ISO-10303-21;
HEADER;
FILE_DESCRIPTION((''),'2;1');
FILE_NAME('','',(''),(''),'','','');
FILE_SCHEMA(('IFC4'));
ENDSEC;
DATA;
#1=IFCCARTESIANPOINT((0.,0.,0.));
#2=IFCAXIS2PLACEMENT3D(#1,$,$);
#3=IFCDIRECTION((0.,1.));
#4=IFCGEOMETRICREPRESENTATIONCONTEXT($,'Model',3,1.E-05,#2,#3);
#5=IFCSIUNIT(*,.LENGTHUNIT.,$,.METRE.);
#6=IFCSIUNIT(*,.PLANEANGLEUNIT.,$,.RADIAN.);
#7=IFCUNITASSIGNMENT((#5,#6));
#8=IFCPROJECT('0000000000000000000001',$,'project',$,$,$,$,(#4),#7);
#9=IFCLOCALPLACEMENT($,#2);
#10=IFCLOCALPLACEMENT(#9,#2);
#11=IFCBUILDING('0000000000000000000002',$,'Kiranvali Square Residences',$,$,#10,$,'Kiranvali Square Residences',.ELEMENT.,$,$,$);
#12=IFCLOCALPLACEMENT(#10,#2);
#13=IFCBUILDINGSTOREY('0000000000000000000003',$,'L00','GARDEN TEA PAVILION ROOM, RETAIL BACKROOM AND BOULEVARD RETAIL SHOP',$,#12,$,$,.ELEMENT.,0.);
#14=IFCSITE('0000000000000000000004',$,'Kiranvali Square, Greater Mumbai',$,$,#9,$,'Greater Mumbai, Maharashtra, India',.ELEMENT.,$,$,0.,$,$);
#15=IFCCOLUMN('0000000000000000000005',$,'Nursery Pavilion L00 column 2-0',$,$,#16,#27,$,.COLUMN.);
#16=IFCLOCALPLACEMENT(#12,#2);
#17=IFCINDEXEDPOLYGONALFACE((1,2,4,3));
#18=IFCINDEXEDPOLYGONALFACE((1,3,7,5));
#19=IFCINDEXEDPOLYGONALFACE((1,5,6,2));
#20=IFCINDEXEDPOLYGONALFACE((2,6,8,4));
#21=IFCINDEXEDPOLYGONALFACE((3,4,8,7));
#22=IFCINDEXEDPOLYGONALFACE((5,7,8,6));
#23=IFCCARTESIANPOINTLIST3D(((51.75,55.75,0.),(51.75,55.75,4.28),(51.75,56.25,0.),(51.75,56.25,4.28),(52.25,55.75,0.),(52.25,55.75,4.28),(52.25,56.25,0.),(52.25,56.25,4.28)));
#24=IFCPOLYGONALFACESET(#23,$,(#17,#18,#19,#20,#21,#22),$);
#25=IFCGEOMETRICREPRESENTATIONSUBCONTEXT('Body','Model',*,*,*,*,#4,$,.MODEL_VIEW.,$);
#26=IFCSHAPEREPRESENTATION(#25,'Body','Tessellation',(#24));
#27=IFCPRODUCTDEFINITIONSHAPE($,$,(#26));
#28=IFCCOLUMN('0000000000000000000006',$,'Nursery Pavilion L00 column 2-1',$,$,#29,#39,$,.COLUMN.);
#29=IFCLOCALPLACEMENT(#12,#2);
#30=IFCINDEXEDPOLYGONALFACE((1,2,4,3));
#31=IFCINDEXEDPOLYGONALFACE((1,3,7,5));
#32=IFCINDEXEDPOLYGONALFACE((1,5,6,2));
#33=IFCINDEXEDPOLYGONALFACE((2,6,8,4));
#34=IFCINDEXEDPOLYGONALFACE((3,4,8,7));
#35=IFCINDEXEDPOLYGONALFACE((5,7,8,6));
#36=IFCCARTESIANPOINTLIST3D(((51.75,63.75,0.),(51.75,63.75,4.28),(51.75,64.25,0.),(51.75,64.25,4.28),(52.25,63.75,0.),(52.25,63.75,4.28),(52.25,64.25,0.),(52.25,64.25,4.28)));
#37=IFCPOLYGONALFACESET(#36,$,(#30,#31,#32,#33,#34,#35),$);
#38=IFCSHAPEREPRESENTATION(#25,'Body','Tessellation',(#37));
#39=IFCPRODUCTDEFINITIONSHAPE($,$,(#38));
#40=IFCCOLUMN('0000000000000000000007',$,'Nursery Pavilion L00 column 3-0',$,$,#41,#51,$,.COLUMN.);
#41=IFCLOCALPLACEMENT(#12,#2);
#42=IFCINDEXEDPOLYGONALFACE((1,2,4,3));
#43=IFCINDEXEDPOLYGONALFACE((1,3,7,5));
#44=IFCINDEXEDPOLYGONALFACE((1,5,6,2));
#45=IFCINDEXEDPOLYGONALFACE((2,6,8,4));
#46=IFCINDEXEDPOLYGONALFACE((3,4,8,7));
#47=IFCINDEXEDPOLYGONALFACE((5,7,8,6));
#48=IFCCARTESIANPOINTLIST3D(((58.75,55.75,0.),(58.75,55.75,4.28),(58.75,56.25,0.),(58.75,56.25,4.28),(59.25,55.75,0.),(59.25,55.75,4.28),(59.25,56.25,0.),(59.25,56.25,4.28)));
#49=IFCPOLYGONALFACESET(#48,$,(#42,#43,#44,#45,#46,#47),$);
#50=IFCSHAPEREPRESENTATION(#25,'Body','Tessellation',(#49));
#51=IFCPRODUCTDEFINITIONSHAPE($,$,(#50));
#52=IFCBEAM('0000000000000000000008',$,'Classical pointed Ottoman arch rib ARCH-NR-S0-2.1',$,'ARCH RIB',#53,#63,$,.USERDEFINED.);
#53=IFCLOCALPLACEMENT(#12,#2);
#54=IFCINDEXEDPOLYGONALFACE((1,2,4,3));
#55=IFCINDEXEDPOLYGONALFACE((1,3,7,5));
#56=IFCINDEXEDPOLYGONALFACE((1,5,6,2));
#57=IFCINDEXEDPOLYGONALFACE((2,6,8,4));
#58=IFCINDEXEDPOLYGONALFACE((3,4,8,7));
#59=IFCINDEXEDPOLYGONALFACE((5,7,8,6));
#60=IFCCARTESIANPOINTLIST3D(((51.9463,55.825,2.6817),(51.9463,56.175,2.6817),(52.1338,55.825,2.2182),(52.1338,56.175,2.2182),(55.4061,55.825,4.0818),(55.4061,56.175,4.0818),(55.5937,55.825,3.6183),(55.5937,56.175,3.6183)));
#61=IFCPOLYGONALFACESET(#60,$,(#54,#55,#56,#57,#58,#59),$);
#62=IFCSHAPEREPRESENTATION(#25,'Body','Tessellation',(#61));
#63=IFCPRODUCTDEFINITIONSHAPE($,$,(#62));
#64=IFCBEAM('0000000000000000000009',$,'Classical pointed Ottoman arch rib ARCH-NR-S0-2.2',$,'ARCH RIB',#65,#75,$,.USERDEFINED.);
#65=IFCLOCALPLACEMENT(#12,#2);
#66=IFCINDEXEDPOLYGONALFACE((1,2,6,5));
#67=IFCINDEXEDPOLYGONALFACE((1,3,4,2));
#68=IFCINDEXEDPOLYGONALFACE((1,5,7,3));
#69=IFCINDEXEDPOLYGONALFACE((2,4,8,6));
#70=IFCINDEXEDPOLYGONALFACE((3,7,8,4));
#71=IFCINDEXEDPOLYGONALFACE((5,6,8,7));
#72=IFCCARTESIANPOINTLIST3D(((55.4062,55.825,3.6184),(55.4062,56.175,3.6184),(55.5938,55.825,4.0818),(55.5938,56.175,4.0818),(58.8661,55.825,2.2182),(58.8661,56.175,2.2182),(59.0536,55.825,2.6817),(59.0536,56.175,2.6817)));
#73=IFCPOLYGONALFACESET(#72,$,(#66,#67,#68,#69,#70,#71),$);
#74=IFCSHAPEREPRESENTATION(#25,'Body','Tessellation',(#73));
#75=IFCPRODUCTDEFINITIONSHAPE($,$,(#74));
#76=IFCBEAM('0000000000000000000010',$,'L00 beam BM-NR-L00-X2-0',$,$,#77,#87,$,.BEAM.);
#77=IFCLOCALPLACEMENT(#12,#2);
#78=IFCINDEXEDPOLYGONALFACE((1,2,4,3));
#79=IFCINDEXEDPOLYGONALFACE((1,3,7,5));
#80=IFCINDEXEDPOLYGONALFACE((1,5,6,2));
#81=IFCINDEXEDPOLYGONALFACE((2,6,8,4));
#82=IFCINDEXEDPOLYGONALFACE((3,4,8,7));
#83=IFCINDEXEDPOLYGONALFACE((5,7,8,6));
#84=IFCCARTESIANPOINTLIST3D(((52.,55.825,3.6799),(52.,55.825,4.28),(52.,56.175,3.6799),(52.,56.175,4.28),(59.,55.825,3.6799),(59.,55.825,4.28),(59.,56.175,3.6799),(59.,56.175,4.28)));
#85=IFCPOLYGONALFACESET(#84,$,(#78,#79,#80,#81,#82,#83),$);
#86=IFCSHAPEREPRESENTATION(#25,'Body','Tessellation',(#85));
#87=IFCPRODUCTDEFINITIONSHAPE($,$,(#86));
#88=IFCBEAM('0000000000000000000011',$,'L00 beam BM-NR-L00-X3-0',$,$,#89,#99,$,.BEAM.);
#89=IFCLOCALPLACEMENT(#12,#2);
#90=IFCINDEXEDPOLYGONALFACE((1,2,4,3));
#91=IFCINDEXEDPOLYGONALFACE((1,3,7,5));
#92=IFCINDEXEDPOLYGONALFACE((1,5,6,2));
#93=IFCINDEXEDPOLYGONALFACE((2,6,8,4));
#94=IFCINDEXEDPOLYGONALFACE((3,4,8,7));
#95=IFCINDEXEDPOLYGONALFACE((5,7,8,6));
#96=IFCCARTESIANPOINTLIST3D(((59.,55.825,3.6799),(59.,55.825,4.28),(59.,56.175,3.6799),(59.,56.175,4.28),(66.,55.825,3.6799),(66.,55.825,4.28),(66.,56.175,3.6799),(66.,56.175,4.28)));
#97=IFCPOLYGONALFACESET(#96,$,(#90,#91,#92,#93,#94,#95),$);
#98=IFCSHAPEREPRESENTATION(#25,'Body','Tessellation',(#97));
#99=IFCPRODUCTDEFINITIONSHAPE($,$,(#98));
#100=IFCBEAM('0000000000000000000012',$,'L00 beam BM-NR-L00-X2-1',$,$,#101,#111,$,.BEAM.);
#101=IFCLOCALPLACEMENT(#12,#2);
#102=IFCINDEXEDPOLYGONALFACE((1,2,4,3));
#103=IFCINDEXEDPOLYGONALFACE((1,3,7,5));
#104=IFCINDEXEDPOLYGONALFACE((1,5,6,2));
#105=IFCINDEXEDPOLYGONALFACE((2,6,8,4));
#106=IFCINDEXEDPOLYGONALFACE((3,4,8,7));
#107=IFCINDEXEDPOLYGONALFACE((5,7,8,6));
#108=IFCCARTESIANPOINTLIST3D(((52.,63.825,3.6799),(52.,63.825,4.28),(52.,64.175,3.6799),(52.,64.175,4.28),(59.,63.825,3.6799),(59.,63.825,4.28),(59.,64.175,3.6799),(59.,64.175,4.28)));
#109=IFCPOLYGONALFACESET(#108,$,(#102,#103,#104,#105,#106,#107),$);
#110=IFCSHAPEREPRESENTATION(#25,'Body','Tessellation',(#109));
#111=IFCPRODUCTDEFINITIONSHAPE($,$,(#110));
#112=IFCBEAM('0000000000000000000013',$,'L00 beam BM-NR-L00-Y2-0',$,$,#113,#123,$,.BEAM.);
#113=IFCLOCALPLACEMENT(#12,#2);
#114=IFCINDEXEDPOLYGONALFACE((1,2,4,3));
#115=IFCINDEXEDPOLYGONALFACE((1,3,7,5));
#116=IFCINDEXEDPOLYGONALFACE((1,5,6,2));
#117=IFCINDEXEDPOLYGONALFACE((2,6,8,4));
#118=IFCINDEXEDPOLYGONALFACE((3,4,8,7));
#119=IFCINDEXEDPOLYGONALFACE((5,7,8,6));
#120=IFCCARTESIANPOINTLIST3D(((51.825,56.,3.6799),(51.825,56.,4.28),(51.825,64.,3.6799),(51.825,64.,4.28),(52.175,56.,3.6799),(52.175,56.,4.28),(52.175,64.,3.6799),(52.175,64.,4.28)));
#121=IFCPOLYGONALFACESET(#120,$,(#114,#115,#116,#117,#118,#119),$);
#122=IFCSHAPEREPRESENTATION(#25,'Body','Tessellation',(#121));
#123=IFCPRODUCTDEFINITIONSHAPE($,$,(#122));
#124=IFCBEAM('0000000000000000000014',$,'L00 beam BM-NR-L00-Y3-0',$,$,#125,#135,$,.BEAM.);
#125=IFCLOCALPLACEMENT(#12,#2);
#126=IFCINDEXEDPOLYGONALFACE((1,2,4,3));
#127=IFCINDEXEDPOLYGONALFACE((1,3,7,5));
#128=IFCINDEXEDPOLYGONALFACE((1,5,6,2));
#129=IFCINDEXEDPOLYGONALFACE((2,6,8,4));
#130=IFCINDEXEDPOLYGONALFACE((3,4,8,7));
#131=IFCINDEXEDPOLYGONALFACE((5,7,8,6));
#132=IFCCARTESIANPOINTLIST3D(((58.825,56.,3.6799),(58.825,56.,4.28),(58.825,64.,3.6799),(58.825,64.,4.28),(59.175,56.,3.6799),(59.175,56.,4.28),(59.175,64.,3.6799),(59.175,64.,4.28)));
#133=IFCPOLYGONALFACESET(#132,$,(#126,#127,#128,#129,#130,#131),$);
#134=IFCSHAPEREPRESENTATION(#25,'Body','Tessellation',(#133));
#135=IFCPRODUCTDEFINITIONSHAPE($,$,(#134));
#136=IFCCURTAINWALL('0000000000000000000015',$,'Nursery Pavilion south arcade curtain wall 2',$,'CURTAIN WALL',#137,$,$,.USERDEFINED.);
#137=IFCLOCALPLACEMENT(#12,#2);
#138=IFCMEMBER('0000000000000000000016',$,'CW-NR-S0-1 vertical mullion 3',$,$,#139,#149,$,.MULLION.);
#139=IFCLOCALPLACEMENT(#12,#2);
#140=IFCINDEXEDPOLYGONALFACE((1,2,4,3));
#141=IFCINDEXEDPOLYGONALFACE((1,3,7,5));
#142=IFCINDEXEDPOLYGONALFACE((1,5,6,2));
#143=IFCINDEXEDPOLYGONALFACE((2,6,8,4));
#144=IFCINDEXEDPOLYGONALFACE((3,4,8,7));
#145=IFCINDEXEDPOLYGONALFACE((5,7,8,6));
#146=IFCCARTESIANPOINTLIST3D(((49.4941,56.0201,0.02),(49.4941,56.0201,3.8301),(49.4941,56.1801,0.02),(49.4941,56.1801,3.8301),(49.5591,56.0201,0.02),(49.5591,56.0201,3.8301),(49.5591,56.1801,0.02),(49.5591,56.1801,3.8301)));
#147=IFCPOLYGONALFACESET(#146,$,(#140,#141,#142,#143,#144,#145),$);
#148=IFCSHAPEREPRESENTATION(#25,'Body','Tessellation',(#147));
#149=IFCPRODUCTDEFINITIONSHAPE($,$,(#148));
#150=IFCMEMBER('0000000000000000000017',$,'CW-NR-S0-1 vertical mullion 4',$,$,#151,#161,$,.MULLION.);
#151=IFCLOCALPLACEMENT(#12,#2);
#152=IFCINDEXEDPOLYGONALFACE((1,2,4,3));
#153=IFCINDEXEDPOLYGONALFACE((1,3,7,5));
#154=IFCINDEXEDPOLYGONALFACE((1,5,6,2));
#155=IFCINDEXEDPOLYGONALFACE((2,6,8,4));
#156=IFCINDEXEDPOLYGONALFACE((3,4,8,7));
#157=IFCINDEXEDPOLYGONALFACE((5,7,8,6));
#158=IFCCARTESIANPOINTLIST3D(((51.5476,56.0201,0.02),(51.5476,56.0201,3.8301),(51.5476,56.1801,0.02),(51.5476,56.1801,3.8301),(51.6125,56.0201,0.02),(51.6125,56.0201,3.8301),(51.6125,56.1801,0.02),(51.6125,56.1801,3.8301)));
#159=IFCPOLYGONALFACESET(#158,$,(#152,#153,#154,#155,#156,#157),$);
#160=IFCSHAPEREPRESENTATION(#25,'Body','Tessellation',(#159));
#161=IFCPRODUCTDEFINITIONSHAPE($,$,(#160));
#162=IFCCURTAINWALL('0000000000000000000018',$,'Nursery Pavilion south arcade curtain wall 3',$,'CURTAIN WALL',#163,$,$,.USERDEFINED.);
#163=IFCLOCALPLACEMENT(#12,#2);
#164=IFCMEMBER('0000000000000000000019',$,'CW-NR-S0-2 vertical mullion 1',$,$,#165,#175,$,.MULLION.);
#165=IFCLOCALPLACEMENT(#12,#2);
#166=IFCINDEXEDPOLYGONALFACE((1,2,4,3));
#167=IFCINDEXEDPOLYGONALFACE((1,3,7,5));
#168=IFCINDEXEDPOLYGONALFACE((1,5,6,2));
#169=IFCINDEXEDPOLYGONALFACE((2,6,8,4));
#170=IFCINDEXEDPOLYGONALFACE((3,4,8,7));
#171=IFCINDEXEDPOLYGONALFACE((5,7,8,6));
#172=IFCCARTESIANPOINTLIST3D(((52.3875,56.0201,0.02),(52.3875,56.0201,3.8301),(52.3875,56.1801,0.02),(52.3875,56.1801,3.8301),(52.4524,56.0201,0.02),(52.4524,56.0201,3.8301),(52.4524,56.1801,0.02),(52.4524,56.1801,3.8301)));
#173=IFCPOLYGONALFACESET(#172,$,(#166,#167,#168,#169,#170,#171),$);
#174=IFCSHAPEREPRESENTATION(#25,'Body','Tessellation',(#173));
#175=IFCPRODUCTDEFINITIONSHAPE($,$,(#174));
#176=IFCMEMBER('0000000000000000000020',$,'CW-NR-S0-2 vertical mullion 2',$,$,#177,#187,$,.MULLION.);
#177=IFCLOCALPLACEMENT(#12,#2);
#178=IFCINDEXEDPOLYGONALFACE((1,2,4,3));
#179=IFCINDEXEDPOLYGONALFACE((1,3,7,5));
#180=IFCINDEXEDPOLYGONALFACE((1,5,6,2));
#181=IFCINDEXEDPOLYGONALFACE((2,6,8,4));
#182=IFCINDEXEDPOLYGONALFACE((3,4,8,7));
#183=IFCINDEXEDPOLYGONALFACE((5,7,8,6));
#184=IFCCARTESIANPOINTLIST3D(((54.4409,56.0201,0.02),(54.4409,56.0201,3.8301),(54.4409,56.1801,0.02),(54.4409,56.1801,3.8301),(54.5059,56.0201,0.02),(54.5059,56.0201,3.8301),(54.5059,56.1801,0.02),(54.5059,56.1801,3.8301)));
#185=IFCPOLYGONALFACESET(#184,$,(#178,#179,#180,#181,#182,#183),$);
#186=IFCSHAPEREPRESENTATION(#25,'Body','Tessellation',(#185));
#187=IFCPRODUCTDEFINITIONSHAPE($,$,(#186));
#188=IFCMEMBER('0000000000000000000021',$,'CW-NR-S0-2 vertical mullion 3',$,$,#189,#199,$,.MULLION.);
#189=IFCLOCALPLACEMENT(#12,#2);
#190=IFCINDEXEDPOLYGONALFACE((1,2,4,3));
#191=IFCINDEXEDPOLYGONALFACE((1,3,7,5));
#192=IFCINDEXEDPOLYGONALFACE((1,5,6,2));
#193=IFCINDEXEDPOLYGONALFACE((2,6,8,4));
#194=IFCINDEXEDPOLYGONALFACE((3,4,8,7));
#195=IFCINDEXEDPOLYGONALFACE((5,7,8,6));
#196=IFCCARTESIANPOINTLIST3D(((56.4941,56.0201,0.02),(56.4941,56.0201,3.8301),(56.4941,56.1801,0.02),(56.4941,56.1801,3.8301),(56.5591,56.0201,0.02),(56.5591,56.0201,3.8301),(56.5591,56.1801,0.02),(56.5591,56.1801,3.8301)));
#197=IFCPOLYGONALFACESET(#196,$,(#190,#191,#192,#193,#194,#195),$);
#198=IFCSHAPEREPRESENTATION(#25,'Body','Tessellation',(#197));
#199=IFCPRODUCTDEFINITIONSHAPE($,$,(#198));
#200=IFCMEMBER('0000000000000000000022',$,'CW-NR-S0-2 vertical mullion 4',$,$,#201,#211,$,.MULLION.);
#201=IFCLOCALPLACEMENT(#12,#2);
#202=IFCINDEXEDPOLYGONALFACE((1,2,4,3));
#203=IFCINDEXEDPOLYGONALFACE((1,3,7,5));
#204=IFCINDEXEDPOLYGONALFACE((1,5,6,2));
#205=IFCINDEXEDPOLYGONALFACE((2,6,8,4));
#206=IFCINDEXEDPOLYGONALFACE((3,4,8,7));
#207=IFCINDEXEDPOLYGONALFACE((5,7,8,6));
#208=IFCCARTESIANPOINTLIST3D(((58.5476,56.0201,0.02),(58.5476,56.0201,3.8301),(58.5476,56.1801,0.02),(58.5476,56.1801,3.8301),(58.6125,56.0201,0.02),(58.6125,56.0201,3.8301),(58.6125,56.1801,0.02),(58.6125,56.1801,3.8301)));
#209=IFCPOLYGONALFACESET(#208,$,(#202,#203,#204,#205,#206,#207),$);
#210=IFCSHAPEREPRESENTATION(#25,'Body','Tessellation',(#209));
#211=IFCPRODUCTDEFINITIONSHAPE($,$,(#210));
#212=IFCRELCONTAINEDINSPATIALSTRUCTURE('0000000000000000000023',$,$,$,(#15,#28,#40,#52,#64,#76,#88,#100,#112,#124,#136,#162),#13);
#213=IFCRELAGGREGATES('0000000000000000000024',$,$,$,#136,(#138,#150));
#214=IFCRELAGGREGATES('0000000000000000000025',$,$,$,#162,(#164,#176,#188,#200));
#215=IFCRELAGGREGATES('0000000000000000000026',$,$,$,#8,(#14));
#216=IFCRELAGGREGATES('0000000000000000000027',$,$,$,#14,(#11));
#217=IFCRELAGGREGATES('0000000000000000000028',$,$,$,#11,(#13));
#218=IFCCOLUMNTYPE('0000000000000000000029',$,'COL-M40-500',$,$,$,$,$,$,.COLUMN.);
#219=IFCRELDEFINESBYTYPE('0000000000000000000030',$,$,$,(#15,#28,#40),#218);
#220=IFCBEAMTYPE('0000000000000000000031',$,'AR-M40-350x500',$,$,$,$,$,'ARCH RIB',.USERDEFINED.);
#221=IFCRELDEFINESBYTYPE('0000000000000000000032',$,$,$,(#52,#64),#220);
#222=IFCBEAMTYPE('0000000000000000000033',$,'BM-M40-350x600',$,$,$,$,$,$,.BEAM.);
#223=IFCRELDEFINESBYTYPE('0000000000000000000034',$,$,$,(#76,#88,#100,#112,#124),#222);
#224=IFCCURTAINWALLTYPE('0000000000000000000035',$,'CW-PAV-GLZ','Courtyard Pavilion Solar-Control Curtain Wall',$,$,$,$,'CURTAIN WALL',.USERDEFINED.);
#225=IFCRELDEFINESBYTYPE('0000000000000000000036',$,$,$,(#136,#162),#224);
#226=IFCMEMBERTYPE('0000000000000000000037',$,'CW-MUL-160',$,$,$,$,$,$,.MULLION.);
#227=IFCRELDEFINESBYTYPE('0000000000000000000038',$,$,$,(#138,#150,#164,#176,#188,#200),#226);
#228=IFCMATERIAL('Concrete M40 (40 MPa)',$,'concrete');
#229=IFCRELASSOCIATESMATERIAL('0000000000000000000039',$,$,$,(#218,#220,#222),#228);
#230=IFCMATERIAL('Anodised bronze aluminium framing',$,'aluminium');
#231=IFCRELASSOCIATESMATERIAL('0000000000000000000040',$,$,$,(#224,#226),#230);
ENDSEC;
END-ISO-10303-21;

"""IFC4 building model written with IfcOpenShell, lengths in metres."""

from ifc_helpers import new_model, si_unit, direction, frame, origin, origin_2d, place, context, subcontext, project, spatial, rectangle, extrude, material, material_profile, profile_set, type_object, element, aggregate, save


model = new_model("IFC4")

# Units and contexts
model_context = context("Model", 3, precision=1e-05, world=origin(), true_north=direction((0.0, 1.0)))
body_context = subcontext(model_context, "Body", "Model", "MODEL_VIEW")
ifc_project = project(units=[si_unit("LENGTHUNIT", "METRE"), si_unit("PLANEANGLEUNIT", "RADIAN")], contexts=[model_context])

# Site, building, storey
site_placement = place(None, origin())
site = spatial("IfcSite", under=ifc_project, at=site_placement, Name="Kiranvali Square, Greater Mumbai", LongName="Greater Mumbai, Maharashtra, India", CompositionType="ELEMENT", RefElevation=0.0)
building_placement = place(site_placement, origin())
building = spatial("IfcBuilding", under=site, at=building_placement, Name="Kiranvali Square Residences", LongName="Kiranvali Square Residences", CompositionType="ELEMENT")
storey_placement = place(building_placement, origin())
storey = spatial("IfcBuildingStorey", under=building, at=storey_placement, Name="L00", Description="GARDEN TEA PAVILION ROOM, RETAIL BACKROOM AND BOULEVARD RETAIL SHOP", CompositionType="ELEMENT", Elevation=0.0)

# Columns
ifc_material_1 = material(Name="Concrete M40 (40 MPa)", Category="concrete")
ifc_material_profile_1 = material_profile(ifc_material_1, rectangle(XDim=0.5, YDim=0.5, at=origin_2d()), Name="RC 500x500")
ifc_profile_set_1 = profile_set([ifc_material_profile_1], Name="Concrete M40 (40 MPa)")
column_type = type_object("IfcColumnType", Name="COL-M40-500", PredefinedType="COLUMN", material=ifc_profile_set_1)
for number, where, z_axis, x_axis, name in (
    (1, (52.0, 56.0, 0.0), (0.0, 0.0, 1.0), (1.0, 0.0, 0.0), "Nursery Pavilion L00 column 2-0"),
    (2, (52.0, 64.0, 0.0), (0.0, 0.0, 1.0), (1.0, 0.0, 0.0), "Nursery Pavilion L00 column 2-1"),
    (3, (59.0, 56.0, 0.0), (0.0, 0.0, 1.0), (1.0, 0.0, 0.0), "Nursery Pavilion L00 column 3-0"),
):
    element("IfcColumn", number, at=place(storey_placement, frame(where, z_axis=z_axis, x_axis=x_axis)), inside=storey, type_object=column_type, Name=name, PredefinedType="COLUMN", context=body_context, shape_type="SweptSolid", body=[
        extrude(rectangle(XDim=0.5, YDim=0.5, at=origin_2d()), origin(), (0.0, 0.0, 1.0), 4.28),
    ])

# Beams
ifc_material_profile_2 = material_profile(ifc_material_1, rectangle(XDim=0.3501, YDim=0.5, at=origin_2d()), Name="RC 350x500")
ifc_profile_set_2 = profile_set([ifc_material_profile_2], Name="Concrete M40 (40 MPa)")
beam_type_1 = type_object("IfcBeamType", Name="AR-M40-350x500", ElementType="ARCH RIB", PredefinedType="USERDEFINED", material=ifc_profile_set_2)
for number, where, z_axis, x_axis, name in (
    (4, (52.04, 56.0, 2.45), (0.926976, 0.0, 0.37512), (0.0, 1.0, 0.0), "Classical pointed Ottoman arch rib ARCH-NR-S0-2.1"),
    (5, (55.5, 56.0, 3.8501), (0.926976, 0.0, -0.37512), (0.0, 1.0, 0.0), "Classical pointed Ottoman arch rib ARCH-NR-S0-2.2"),
):
    element("IfcBeam", number, at=place(storey_placement, frame(where, z_axis=z_axis, x_axis=x_axis)), inside=storey, type_object=beam_type_1, Name=name, ObjectType="ARCH RIB", PredefinedType="USERDEFINED", context=body_context, shape_type="SweptSolid", body=[
        extrude(rectangle(XDim=0.3501, YDim=0.5, at=origin_2d()), origin(), (0.0, 0.0, 1.0), 3.7324),
    ])
ifc_material_profile_3 = material_profile(ifc_material_1, rectangle(XDim=0.3501, YDim=0.6001, at=origin_2d()), Name="RC 350x600")
ifc_profile_set_3 = profile_set([ifc_material_profile_3], Name="Concrete M40 (40 MPa)")
beam_type_2 = type_object("IfcBeamType", Name="BM-M40-350x600", PredefinedType="BEAM", material=ifc_profile_set_3)
for number, where, z_axis, x_axis, name in (
    (6, (52.0, 56.0, 3.98), (1.0, 0.0, 0.0), (0.0, 1.0, 0.0), "L00 beam BM-NR-L00-X2-0"),
    (7, (59.0, 56.0, 3.98), (1.0, 0.0, 0.0), (0.0, 1.0, 0.0), "L00 beam BM-NR-L00-X3-0"),
    (8, (52.0, 64.0, 3.98), (1.0, 0.0, 0.0), (0.0, 1.0, 0.0), "L00 beam BM-NR-L00-X2-1"),
):
    element("IfcBeam", number, at=place(storey_placement, frame(where, z_axis=z_axis, x_axis=x_axis)), inside=storey, type_object=beam_type_2, Name=name, PredefinedType="BEAM", context=body_context, shape_type="SweptSolid", body=[
        extrude(rectangle(XDim=0.3501, YDim=0.6001, at=origin_2d()), origin(), (0.0, 0.0, 1.0), 7.0),
    ])
for number, where, z_axis, x_axis, name in (
    (9, (52.0, 56.0, 3.98), (0.0, 1.0, 0.0), (-1.0, 0.0, 0.0), "L00 beam BM-NR-L00-Y2-0"),
    (10, (59.0, 56.0, 3.98), (0.0, 1.0, 0.0), (-1.0, 0.0, 0.0), "L00 beam BM-NR-L00-Y3-0"),
):
    element("IfcBeam", number, at=place(storey_placement, frame(where, z_axis=z_axis, x_axis=x_axis)), inside=storey, type_object=beam_type_2, Name=name, PredefinedType="BEAM", context=body_context, shape_type="SweptSolid", body=[
        extrude(rectangle(XDim=0.3501, YDim=0.6001, at=origin_2d()), origin(), (0.0, 0.0, 1.0), 8.0),
    ])

# Curtain walls, members
ifc_material_2 = material(Name="Anodised bronze aluminium framing", Category="aluminium")
curtain_wall_type = type_object("IfcCurtainWallType", Name="CW-PAV-GLZ", Description="Courtyard Pavilion Solar-Control Curtain Wall", ElementType="CURTAIN WALL", PredefinedType="USERDEFINED", material=ifc_material_2)
curtain_wall_1_placement = place(storey_placement, origin())
curtain_wall_1 = element("IfcCurtainWall", 11, at=curtain_wall_1_placement, inside=storey, type_object=curtain_wall_type, Name="Nursery Pavilion south arcade curtain wall 2", ObjectType="CURTAIN WALL", PredefinedType="USERDEFINED")
ifc_material_profile_4 = material_profile(ifc_material_2, rectangle(XDim=0.0649, YDim=0.1599, at=origin_2d()), Name="ALU 65x160")
ifc_profile_set_4 = profile_set([ifc_material_profile_4], Name="Anodised bronze aluminium framing")
member_type_1 = type_object("IfcMemberType", Name="CW-MUL-160", PredefinedType="MULLION", material=ifc_profile_set_4)
member_1_placement = place(storey_placement, frame((49.5266, 56.1001, 0.02), z_axis=(0.0, 0.0, 1.0), x_axis=(1.0, 0.0, 0.0)))
member_1 = element("IfcMember", 12, at=member_1_placement, type_object=member_type_1, Name="CW-NR-S0-1 vertical mullion 3", PredefinedType="MULLION", context=body_context, shape_type="SweptSolid", body=[
    extrude(rectangle(XDim=0.0649, YDim=0.1599, at=origin_2d()), origin(), (0.0, 0.0, 1.0), 3.8101),
])
member_2_placement = place(storey_placement, frame((51.5801, 56.1001, 0.02), z_axis=(0.0, 0.0, 1.0), x_axis=(1.0, 0.0, 0.0)))
member_2 = element("IfcMember", 13, at=member_2_placement, type_object=member_type_1, Name="CW-NR-S0-1 vertical mullion 4", PredefinedType="MULLION", context=body_context, shape_type="SweptSolid", body=[
    extrude(rectangle(XDim=0.0649, YDim=0.1599, at=origin_2d()), origin(), (0.0, 0.0, 1.0), 3.8101),
])
curtain_wall_2_placement = place(storey_placement, origin())
curtain_wall_2 = element("IfcCurtainWall", 14, at=curtain_wall_2_placement, inside=storey, type_object=curtain_wall_type, Name="Nursery Pavilion south arcade curtain wall 3", ObjectType="CURTAIN WALL", PredefinedType="USERDEFINED")
member_3_placement = place(storey_placement, frame((52.4199, 56.1001, 0.02), z_axis=(0.0, 0.0, 1.0), x_axis=(1.0, 0.0, 0.0)))
member_3 = element("IfcMember", 15, at=member_3_placement, type_object=member_type_1, Name="CW-NR-S0-2 vertical mullion 1", PredefinedType="MULLION", context=body_context, shape_type="SweptSolid", body=[
    extrude(rectangle(XDim=0.0649, YDim=0.1599, at=origin_2d()), origin(), (0.0, 0.0, 1.0), 3.8101),
])
member_4_placement = place(storey_placement, frame((54.4734, 56.1001, 0.02), z_axis=(0.0, 0.0, 1.0), x_axis=(1.0, 0.0, 0.0)))
member_4 = element("IfcMember", 16, at=member_4_placement, type_object=member_type_1, Name="CW-NR-S0-2 vertical mullion 2", PredefinedType="MULLION", context=body_context, shape_type="SweptSolid", body=[
    extrude(rectangle(XDim=0.0649, YDim=0.1599, at=origin_2d()), origin(), (0.0, 0.0, 1.0), 3.8101),
])
member_5_placement = place(storey_placement, frame((56.5266, 56.1001, 0.02), z_axis=(0.0, 0.0, 1.0), x_axis=(1.0, 0.0, 0.0)))
member_5 = element("IfcMember", 17, at=member_5_placement, type_object=member_type_1, Name="CW-NR-S0-2 vertical mullion 3", PredefinedType="MULLION", context=body_context, shape_type="SweptSolid", body=[
    extrude(rectangle(XDim=0.0649, YDim=0.1599, at=origin_2d()), origin(), (0.0, 0.0, 1.0), 3.8101),
])
member_6_placement = place(storey_placement, frame((58.5801, 56.1001, 0.02), z_axis=(0.0, 0.0, 1.0), x_axis=(1.0, 0.0, 0.0)))
member_6 = element("IfcMember", 18, at=member_6_placement, type_object=member_type_1, Name="CW-NR-S0-2 vertical mullion 4", PredefinedType="MULLION", context=body_context, shape_type="SweptSolid", body=[
    extrude(rectangle(XDim=0.0649, YDim=0.1599, at=origin_2d()), origin(), (0.0, 0.0, 1.0), 3.8101),
])

aggregate(curtain_wall_1, [member_1, member_2])
aggregate(curtain_wall_2, [member_3, member_4, member_5, member_6])

save(model, "model.ifc")
